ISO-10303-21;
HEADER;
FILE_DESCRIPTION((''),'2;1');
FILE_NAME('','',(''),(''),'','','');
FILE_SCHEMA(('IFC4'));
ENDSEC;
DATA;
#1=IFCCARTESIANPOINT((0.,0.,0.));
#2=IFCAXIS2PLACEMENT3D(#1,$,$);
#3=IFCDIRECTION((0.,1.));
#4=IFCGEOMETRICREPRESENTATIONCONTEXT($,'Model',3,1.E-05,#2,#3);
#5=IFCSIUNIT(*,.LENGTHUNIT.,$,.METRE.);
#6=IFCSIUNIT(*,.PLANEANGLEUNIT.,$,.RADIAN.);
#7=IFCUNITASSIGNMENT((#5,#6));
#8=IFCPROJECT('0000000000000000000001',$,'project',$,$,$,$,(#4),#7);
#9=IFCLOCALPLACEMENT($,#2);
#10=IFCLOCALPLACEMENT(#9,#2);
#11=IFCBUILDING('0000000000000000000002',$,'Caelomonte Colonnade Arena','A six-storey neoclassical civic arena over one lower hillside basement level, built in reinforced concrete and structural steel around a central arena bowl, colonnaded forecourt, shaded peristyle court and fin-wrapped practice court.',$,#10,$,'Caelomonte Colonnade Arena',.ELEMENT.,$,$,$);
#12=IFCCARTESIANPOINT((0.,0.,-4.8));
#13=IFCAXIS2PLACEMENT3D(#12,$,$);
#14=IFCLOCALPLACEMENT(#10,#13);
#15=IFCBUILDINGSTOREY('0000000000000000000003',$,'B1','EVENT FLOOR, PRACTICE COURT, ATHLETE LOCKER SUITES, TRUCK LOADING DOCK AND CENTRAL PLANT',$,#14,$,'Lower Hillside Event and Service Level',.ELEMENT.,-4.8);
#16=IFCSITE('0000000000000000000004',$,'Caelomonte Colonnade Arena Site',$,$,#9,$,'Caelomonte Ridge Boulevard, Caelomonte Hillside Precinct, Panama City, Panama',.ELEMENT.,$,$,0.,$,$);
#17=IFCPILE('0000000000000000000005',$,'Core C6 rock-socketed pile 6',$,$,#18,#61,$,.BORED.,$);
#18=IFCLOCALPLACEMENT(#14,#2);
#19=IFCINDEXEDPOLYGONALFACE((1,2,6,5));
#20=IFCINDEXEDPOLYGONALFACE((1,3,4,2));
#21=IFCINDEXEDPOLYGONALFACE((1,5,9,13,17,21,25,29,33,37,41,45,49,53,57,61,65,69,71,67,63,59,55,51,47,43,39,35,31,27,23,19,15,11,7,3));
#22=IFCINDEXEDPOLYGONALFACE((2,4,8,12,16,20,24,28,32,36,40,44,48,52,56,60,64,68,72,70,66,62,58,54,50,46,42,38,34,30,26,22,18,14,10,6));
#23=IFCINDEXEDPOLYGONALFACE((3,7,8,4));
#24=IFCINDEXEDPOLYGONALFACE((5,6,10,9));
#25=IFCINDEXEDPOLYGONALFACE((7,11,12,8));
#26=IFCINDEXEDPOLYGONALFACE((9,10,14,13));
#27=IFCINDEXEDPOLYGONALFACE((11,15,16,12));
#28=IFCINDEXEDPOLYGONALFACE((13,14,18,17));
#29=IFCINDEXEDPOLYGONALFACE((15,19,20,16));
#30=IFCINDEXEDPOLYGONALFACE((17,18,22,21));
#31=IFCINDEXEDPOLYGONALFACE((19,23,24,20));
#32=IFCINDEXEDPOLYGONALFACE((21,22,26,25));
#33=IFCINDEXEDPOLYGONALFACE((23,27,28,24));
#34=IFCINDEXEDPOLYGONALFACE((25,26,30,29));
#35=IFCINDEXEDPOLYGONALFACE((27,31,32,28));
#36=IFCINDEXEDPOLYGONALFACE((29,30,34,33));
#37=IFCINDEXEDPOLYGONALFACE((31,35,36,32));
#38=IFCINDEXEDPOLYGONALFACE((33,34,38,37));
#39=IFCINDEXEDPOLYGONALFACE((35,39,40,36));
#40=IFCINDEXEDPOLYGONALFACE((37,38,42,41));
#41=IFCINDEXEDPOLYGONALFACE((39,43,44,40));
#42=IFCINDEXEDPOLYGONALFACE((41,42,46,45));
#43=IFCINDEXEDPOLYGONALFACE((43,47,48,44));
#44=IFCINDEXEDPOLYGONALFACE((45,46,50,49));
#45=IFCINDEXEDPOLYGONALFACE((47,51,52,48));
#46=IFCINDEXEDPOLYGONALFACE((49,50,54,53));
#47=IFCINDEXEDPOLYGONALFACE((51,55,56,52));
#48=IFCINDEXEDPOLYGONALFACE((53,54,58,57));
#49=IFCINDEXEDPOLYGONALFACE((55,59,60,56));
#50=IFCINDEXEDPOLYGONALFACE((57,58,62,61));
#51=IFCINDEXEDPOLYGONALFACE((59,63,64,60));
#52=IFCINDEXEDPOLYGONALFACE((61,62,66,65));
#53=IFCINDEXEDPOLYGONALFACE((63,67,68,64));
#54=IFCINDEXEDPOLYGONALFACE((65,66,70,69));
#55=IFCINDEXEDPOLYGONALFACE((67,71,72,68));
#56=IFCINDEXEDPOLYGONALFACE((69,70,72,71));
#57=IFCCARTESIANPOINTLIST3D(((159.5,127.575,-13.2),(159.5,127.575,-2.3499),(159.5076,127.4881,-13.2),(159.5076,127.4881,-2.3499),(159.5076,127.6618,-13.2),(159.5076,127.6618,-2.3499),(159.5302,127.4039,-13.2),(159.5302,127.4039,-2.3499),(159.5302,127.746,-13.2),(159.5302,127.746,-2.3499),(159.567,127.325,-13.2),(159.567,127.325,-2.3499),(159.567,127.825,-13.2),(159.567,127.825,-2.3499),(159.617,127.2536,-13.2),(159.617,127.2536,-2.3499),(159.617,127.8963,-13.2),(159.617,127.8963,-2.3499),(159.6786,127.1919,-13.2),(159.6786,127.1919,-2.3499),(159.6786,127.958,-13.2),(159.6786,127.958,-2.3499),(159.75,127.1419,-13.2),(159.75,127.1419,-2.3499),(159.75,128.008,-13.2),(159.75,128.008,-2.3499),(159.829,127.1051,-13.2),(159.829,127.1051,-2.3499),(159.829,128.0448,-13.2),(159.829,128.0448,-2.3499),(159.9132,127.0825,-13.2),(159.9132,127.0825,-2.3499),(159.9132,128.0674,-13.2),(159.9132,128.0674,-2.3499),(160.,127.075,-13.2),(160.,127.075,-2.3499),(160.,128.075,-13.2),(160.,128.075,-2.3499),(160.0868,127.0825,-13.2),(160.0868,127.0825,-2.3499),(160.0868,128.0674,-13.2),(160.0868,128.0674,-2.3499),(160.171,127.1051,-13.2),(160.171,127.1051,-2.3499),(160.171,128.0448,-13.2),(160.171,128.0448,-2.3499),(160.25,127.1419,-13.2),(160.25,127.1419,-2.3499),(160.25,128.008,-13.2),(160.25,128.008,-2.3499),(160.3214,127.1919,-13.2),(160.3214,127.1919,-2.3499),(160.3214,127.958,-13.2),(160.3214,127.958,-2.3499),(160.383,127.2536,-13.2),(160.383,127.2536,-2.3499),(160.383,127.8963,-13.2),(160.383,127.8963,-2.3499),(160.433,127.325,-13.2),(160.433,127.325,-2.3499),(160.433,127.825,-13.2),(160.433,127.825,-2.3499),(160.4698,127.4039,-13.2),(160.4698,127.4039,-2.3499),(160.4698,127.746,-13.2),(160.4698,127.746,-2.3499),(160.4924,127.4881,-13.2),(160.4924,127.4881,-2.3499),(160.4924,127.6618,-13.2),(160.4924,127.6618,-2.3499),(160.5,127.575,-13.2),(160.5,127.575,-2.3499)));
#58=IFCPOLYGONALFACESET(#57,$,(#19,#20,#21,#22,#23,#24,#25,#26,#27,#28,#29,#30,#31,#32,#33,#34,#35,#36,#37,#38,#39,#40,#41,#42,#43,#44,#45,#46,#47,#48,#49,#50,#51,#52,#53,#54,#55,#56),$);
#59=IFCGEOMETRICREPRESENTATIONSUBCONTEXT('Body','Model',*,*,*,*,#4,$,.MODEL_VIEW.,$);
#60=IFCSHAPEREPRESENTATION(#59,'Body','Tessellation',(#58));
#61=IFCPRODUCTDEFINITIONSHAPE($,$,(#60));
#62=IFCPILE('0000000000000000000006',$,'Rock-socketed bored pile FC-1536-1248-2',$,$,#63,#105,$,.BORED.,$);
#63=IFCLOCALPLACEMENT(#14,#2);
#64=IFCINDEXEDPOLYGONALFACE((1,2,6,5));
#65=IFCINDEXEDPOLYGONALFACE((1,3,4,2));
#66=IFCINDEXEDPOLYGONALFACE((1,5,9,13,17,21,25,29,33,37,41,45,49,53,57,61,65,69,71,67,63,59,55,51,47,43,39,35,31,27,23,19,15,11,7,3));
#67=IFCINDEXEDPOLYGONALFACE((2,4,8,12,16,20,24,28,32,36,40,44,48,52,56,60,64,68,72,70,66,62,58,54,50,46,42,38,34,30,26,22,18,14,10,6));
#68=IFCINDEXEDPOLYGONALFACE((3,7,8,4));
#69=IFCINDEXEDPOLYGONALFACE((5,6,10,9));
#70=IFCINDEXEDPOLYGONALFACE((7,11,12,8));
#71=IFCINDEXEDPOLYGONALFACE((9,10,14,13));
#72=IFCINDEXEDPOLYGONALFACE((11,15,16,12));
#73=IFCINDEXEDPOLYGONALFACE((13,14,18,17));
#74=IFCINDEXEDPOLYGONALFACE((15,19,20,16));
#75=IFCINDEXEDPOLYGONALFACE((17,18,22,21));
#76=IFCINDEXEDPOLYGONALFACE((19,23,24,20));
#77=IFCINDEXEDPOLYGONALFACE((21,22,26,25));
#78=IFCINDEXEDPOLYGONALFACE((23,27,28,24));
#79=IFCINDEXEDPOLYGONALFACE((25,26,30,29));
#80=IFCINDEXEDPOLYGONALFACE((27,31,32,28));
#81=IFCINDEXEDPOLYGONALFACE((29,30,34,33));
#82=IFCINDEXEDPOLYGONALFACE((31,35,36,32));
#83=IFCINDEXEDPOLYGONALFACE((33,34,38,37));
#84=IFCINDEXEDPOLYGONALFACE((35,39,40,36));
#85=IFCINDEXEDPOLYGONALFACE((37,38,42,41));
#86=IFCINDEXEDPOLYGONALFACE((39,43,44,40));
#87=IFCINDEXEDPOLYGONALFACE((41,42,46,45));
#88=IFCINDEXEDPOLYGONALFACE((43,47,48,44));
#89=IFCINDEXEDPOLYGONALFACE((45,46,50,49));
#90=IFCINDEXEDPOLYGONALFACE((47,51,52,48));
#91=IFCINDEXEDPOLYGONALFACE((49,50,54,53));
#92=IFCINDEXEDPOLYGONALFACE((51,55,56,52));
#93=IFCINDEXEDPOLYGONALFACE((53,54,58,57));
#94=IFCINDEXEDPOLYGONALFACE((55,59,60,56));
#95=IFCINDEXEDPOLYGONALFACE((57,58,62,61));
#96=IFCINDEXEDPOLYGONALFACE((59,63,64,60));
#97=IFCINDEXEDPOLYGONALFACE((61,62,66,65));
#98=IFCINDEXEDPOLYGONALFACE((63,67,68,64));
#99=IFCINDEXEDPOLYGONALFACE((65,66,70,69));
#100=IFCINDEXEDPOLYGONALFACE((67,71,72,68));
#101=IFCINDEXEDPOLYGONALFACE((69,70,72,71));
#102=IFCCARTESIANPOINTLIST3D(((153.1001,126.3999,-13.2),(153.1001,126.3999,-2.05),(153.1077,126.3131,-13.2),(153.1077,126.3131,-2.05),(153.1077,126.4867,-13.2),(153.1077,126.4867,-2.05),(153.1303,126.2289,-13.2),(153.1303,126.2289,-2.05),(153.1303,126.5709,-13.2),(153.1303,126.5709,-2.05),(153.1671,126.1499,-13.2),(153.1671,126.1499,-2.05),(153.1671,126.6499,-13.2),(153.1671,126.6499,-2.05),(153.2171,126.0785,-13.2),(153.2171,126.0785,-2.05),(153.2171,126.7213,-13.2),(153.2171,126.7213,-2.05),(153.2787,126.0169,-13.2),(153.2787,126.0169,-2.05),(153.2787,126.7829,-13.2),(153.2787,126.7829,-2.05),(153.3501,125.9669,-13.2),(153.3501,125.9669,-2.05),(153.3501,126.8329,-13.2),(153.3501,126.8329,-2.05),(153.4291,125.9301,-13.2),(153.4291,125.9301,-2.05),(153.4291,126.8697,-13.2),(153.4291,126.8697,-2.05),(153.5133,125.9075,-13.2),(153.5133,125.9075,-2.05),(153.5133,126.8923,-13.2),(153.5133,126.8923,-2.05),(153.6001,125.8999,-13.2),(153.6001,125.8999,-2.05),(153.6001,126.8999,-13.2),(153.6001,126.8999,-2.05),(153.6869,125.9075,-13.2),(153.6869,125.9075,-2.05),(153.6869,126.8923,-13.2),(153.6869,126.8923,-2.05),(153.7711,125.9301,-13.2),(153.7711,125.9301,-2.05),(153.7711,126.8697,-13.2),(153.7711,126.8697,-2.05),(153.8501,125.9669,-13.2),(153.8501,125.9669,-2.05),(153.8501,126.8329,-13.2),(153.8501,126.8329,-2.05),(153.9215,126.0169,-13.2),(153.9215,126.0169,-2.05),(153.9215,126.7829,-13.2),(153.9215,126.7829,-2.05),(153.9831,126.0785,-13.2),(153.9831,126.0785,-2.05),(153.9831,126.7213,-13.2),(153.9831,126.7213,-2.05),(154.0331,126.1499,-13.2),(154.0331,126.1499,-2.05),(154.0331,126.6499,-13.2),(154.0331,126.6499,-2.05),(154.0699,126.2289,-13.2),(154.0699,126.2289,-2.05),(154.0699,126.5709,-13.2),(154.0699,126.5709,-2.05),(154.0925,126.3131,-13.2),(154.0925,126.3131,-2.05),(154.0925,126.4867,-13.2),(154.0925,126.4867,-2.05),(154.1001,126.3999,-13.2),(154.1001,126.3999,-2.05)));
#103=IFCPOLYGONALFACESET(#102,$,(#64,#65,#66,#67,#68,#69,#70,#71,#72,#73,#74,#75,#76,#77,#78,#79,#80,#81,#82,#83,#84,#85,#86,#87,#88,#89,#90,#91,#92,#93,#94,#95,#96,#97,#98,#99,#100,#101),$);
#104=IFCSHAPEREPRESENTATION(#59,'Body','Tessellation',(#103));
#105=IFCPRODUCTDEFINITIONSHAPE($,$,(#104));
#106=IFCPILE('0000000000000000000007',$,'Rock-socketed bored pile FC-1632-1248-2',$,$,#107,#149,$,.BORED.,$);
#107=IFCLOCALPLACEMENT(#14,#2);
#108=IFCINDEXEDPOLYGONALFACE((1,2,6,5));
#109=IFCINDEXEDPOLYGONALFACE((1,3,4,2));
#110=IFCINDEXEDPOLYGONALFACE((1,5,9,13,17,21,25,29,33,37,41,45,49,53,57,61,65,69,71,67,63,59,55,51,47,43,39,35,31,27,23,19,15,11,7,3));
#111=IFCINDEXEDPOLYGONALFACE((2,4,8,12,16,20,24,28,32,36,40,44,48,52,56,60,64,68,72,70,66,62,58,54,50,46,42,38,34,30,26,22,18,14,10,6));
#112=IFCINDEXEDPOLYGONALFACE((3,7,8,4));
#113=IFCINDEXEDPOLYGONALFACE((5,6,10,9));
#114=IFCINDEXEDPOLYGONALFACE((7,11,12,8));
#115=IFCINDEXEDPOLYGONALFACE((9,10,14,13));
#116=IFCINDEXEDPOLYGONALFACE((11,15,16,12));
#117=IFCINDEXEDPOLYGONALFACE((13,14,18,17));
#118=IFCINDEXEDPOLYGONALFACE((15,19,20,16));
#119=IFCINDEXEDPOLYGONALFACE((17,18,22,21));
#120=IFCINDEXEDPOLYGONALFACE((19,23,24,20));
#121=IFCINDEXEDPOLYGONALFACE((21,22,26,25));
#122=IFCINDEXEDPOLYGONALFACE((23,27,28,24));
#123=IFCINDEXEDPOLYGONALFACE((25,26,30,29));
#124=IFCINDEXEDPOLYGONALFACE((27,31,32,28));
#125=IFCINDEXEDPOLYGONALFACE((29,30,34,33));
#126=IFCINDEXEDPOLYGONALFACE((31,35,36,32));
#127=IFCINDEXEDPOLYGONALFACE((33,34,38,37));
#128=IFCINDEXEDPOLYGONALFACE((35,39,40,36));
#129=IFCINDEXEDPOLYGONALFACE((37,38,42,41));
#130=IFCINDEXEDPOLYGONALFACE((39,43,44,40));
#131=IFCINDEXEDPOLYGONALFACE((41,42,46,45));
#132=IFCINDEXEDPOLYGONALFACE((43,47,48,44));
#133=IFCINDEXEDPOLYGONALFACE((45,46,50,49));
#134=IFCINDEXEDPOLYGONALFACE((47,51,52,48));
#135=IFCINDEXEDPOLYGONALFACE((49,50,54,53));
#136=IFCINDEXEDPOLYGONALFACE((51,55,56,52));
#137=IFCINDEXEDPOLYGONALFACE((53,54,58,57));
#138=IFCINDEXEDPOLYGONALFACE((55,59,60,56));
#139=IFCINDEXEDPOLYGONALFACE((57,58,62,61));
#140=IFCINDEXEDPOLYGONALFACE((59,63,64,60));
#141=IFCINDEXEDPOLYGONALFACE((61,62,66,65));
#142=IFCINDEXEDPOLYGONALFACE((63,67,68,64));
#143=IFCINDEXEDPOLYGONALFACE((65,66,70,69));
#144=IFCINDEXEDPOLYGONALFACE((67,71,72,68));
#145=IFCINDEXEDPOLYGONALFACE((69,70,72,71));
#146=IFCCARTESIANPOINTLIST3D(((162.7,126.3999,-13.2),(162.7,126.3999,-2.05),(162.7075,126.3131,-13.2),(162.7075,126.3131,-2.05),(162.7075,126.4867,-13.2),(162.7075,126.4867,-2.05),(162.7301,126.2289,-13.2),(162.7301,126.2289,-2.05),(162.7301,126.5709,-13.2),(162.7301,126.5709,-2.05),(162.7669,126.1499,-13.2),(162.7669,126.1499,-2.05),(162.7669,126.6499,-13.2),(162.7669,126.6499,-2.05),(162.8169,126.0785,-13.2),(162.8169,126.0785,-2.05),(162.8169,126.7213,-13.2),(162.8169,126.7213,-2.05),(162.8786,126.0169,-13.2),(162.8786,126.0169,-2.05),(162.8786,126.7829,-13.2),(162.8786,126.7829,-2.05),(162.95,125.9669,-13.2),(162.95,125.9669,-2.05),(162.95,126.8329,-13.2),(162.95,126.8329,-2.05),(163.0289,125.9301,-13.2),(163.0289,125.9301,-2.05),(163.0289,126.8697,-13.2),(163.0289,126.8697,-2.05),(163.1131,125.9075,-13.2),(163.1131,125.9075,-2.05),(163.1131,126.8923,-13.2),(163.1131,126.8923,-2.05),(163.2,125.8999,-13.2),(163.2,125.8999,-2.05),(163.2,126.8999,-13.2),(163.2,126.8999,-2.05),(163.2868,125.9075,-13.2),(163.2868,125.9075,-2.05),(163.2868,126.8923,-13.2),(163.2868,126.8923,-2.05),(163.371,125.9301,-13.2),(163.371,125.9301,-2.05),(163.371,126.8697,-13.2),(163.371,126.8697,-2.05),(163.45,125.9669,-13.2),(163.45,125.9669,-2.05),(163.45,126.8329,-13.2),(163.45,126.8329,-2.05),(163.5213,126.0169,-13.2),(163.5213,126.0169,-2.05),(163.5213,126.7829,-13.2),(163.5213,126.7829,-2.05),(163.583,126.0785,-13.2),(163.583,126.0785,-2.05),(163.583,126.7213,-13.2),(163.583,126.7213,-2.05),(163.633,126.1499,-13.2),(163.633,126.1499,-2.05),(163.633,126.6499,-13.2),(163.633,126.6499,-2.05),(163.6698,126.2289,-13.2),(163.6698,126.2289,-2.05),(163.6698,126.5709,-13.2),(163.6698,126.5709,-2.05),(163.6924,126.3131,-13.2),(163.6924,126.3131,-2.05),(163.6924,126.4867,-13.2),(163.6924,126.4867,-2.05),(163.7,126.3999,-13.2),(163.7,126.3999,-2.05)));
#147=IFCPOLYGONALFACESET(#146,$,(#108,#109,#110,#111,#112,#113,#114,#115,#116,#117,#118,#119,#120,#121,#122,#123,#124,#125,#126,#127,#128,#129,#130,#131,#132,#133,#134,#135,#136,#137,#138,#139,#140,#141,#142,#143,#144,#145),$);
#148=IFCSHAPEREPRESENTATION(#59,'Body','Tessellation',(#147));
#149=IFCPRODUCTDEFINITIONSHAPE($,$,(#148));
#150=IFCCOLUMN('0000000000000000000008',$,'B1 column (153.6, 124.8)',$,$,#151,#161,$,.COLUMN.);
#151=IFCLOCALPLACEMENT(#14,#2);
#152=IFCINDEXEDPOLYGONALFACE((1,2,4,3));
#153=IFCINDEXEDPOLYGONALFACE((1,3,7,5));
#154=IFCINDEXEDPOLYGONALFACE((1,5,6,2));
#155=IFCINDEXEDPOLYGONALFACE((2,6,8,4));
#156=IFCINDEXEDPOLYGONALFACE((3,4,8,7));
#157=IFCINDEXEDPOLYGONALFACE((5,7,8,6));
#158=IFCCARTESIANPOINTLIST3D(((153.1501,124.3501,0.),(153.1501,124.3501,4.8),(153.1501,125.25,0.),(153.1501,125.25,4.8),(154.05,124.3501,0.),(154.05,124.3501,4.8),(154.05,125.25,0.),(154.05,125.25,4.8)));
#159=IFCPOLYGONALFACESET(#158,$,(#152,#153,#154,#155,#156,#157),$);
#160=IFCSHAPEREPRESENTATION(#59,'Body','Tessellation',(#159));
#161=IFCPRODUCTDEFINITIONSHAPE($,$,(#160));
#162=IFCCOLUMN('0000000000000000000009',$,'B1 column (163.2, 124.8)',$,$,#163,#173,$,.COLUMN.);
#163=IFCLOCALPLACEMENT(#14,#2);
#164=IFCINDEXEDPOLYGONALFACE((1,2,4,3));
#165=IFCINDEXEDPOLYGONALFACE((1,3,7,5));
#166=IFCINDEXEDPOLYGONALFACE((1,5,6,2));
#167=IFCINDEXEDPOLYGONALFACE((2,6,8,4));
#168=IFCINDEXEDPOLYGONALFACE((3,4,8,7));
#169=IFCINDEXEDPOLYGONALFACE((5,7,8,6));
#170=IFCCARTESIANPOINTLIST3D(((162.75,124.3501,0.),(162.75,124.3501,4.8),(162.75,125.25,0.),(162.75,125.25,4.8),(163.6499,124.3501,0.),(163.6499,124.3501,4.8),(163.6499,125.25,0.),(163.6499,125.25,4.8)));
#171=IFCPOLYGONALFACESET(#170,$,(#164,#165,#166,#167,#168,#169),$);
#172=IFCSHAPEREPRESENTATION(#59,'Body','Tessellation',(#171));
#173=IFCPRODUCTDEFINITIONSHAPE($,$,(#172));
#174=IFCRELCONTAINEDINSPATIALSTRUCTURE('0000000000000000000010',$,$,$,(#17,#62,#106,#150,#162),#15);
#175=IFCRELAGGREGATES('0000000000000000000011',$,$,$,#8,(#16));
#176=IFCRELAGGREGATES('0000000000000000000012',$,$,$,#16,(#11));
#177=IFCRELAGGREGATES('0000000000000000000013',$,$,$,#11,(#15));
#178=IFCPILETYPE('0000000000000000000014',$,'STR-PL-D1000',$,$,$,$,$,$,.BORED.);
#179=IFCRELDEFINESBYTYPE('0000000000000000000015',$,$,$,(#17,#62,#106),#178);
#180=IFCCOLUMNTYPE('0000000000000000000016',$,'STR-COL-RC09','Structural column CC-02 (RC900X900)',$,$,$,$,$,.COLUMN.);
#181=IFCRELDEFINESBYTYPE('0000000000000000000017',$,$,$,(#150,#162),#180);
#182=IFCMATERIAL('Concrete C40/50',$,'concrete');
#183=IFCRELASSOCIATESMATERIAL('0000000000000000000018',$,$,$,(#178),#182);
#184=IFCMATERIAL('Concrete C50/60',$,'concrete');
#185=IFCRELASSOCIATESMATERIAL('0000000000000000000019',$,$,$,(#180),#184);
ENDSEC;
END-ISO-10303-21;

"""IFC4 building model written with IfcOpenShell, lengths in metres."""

from ifc_helpers import new_model, si_unit, direction, frame, origin, origin_2d, place, context, subcontext, project, spatial, rectangle, circle, extrude, material, material_profile, profile_set, type_object, element, save


model = new_model("IFC4")

# Units and contexts
model_context = context("Model", 3, precision=1e-05, world=origin(), true_north=direction((0.0, 1.0)))
body_context = subcontext(model_context, "Body", "Model", "MODEL_VIEW")
ifc_project = project(units=[si_unit("LENGTHUNIT", "METRE"), si_unit("PLANEANGLEUNIT", "RADIAN")], contexts=[model_context])

# Site, building, storey
site_placement = place(None, origin())
site = spatial("IfcSite", under=ifc_project, at=site_placement, Name="Caelomonte Colonnade Arena Site", LongName="Caelomonte Ridge Boulevard, Caelomonte Hillside Precinct, Panama City, Panama", CompositionType="ELEMENT", RefElevation=0.0)
building_placement = place(site_placement, origin())
building = spatial("IfcBuilding", under=site, at=building_placement, Name="Caelomonte Colonnade Arena", Description="A six-storey neoclassical civic arena over one lower hillside basement level, built in reinforced concrete and structural steel around a central arena bowl, colonnaded forecourt, shaded peristyle court and fin-wrapped practice court.", LongName="Caelomonte Colonnade Arena", CompositionType="ELEMENT")
storey_placement = place(building_placement, frame((0.0, 0.0, -4.8)))
storey = spatial("IfcBuildingStorey", under=building, at=storey_placement, Name="B1", Description="EVENT FLOOR, PRACTICE COURT, ATHLETE LOCKER SUITES, TRUCK LOADING DOCK AND CENTRAL PLANT", LongName="Lower Hillside Event and Service Level", CompositionType="ELEMENT", Elevation=-4.8)

# Shared definitions
ifc_material_1 = material(Name="Concrete C40/50", Category="concrete")

# Piles
ifc_material_profile_1 = material_profile(ifc_material_1, circle(Radius=0.5, at=origin_2d()), Name="PILE-D1000")
ifc_profile_set_1 = profile_set([ifc_material_profile_1], Name="Concrete C40/50")
pile_type = type_object("IfcPileType", Name="STR-PL-D1000", PredefinedType="BORED", material=ifc_profile_set_1)
for number, where, z_axis, x_axis, name in (
    (1, (160.0, 127.575, -2.3499), (0.0, 0.0, -1.0), (1.0, 0.0, 0.0), "Core C6 rock-socketed pile 6"),
):
    element("IfcPile", number, at=place(storey_placement, frame(where, z_axis=z_axis, x_axis=x_axis)), inside=storey, type_object=pile_type, Name=name, PredefinedType="BORED", context=body_context, shape_type="SweptSolid", body=[
        extrude(circle(Radius=0.5, at=origin_2d()), origin(), (0.0, 0.0, 1.0), 10.8501),
    ])
for number, where, z_axis, x_axis, name in (
    (2, (153.6001, 126.3999, -2.05), (0.0, 0.0, -1.0), (1.0, 0.0, 0.0), "Rock-socketed bored pile FC-1536-1248-2"),
    (3, (163.2, 126.3999, -2.05), (0.0, 0.0, -1.0), (1.0, 0.0, 0.0), "Rock-socketed bored pile FC-1632-1248-2"),
):
    element("IfcPile", number, at=place(storey_placement, frame(where, z_axis=z_axis, x_axis=x_axis)), inside=storey, type_object=pile_type, Name=name, PredefinedType="BORED", context=body_context, shape_type="SweptSolid", body=[
        extrude(circle(Radius=0.5, at=origin_2d()), origin(), (0.0, 0.0, 1.0), 11.1499),
    ])

# Columns
ifc_material_2 = material(Name="Concrete C50/60", Category="concrete")
ifc_material_profile_2 = material_profile(ifc_material_2, rectangle(XDim=0.8999, YDim=0.8999, at=origin_2d()), Name="RC900X900")
ifc_profile_set_2 = profile_set([ifc_material_profile_2], Name="Concrete C50/60")
column_type = type_object("IfcColumnType", Name="STR-COL-RC09", Description="Structural column CC-02 (RC900X900)", PredefinedType="COLUMN", material=ifc_profile_set_2)
for number, where, z_axis, x_axis, name in (
    (4, (153.6001, 124.8, 0.0), (0.0, 0.0, 1.0), (1.0, 0.0, 0.0), "B1 column (153.6, 124.8)"),
    (5, (163.2, 124.8, 0.0), (0.0, 0.0, 1.0), (1.0, 0.0, 0.0), "B1 column (163.2, 124.8)"),
):
    element("IfcColumn", number, at=place(storey_placement, frame(where, z_axis=z_axis, x_axis=x_axis)), inside=storey, type_object=column_type, Name=name, PredefinedType="COLUMN", context=body_context, shape_type="SweptSolid", body=[
        extrude(rectangle(XDim=0.8999, YDim=0.8999, at=origin_2d()), origin(), (0.0, 0.0, 1.0), 4.8),
    ])

save(model, "model.ifc")
